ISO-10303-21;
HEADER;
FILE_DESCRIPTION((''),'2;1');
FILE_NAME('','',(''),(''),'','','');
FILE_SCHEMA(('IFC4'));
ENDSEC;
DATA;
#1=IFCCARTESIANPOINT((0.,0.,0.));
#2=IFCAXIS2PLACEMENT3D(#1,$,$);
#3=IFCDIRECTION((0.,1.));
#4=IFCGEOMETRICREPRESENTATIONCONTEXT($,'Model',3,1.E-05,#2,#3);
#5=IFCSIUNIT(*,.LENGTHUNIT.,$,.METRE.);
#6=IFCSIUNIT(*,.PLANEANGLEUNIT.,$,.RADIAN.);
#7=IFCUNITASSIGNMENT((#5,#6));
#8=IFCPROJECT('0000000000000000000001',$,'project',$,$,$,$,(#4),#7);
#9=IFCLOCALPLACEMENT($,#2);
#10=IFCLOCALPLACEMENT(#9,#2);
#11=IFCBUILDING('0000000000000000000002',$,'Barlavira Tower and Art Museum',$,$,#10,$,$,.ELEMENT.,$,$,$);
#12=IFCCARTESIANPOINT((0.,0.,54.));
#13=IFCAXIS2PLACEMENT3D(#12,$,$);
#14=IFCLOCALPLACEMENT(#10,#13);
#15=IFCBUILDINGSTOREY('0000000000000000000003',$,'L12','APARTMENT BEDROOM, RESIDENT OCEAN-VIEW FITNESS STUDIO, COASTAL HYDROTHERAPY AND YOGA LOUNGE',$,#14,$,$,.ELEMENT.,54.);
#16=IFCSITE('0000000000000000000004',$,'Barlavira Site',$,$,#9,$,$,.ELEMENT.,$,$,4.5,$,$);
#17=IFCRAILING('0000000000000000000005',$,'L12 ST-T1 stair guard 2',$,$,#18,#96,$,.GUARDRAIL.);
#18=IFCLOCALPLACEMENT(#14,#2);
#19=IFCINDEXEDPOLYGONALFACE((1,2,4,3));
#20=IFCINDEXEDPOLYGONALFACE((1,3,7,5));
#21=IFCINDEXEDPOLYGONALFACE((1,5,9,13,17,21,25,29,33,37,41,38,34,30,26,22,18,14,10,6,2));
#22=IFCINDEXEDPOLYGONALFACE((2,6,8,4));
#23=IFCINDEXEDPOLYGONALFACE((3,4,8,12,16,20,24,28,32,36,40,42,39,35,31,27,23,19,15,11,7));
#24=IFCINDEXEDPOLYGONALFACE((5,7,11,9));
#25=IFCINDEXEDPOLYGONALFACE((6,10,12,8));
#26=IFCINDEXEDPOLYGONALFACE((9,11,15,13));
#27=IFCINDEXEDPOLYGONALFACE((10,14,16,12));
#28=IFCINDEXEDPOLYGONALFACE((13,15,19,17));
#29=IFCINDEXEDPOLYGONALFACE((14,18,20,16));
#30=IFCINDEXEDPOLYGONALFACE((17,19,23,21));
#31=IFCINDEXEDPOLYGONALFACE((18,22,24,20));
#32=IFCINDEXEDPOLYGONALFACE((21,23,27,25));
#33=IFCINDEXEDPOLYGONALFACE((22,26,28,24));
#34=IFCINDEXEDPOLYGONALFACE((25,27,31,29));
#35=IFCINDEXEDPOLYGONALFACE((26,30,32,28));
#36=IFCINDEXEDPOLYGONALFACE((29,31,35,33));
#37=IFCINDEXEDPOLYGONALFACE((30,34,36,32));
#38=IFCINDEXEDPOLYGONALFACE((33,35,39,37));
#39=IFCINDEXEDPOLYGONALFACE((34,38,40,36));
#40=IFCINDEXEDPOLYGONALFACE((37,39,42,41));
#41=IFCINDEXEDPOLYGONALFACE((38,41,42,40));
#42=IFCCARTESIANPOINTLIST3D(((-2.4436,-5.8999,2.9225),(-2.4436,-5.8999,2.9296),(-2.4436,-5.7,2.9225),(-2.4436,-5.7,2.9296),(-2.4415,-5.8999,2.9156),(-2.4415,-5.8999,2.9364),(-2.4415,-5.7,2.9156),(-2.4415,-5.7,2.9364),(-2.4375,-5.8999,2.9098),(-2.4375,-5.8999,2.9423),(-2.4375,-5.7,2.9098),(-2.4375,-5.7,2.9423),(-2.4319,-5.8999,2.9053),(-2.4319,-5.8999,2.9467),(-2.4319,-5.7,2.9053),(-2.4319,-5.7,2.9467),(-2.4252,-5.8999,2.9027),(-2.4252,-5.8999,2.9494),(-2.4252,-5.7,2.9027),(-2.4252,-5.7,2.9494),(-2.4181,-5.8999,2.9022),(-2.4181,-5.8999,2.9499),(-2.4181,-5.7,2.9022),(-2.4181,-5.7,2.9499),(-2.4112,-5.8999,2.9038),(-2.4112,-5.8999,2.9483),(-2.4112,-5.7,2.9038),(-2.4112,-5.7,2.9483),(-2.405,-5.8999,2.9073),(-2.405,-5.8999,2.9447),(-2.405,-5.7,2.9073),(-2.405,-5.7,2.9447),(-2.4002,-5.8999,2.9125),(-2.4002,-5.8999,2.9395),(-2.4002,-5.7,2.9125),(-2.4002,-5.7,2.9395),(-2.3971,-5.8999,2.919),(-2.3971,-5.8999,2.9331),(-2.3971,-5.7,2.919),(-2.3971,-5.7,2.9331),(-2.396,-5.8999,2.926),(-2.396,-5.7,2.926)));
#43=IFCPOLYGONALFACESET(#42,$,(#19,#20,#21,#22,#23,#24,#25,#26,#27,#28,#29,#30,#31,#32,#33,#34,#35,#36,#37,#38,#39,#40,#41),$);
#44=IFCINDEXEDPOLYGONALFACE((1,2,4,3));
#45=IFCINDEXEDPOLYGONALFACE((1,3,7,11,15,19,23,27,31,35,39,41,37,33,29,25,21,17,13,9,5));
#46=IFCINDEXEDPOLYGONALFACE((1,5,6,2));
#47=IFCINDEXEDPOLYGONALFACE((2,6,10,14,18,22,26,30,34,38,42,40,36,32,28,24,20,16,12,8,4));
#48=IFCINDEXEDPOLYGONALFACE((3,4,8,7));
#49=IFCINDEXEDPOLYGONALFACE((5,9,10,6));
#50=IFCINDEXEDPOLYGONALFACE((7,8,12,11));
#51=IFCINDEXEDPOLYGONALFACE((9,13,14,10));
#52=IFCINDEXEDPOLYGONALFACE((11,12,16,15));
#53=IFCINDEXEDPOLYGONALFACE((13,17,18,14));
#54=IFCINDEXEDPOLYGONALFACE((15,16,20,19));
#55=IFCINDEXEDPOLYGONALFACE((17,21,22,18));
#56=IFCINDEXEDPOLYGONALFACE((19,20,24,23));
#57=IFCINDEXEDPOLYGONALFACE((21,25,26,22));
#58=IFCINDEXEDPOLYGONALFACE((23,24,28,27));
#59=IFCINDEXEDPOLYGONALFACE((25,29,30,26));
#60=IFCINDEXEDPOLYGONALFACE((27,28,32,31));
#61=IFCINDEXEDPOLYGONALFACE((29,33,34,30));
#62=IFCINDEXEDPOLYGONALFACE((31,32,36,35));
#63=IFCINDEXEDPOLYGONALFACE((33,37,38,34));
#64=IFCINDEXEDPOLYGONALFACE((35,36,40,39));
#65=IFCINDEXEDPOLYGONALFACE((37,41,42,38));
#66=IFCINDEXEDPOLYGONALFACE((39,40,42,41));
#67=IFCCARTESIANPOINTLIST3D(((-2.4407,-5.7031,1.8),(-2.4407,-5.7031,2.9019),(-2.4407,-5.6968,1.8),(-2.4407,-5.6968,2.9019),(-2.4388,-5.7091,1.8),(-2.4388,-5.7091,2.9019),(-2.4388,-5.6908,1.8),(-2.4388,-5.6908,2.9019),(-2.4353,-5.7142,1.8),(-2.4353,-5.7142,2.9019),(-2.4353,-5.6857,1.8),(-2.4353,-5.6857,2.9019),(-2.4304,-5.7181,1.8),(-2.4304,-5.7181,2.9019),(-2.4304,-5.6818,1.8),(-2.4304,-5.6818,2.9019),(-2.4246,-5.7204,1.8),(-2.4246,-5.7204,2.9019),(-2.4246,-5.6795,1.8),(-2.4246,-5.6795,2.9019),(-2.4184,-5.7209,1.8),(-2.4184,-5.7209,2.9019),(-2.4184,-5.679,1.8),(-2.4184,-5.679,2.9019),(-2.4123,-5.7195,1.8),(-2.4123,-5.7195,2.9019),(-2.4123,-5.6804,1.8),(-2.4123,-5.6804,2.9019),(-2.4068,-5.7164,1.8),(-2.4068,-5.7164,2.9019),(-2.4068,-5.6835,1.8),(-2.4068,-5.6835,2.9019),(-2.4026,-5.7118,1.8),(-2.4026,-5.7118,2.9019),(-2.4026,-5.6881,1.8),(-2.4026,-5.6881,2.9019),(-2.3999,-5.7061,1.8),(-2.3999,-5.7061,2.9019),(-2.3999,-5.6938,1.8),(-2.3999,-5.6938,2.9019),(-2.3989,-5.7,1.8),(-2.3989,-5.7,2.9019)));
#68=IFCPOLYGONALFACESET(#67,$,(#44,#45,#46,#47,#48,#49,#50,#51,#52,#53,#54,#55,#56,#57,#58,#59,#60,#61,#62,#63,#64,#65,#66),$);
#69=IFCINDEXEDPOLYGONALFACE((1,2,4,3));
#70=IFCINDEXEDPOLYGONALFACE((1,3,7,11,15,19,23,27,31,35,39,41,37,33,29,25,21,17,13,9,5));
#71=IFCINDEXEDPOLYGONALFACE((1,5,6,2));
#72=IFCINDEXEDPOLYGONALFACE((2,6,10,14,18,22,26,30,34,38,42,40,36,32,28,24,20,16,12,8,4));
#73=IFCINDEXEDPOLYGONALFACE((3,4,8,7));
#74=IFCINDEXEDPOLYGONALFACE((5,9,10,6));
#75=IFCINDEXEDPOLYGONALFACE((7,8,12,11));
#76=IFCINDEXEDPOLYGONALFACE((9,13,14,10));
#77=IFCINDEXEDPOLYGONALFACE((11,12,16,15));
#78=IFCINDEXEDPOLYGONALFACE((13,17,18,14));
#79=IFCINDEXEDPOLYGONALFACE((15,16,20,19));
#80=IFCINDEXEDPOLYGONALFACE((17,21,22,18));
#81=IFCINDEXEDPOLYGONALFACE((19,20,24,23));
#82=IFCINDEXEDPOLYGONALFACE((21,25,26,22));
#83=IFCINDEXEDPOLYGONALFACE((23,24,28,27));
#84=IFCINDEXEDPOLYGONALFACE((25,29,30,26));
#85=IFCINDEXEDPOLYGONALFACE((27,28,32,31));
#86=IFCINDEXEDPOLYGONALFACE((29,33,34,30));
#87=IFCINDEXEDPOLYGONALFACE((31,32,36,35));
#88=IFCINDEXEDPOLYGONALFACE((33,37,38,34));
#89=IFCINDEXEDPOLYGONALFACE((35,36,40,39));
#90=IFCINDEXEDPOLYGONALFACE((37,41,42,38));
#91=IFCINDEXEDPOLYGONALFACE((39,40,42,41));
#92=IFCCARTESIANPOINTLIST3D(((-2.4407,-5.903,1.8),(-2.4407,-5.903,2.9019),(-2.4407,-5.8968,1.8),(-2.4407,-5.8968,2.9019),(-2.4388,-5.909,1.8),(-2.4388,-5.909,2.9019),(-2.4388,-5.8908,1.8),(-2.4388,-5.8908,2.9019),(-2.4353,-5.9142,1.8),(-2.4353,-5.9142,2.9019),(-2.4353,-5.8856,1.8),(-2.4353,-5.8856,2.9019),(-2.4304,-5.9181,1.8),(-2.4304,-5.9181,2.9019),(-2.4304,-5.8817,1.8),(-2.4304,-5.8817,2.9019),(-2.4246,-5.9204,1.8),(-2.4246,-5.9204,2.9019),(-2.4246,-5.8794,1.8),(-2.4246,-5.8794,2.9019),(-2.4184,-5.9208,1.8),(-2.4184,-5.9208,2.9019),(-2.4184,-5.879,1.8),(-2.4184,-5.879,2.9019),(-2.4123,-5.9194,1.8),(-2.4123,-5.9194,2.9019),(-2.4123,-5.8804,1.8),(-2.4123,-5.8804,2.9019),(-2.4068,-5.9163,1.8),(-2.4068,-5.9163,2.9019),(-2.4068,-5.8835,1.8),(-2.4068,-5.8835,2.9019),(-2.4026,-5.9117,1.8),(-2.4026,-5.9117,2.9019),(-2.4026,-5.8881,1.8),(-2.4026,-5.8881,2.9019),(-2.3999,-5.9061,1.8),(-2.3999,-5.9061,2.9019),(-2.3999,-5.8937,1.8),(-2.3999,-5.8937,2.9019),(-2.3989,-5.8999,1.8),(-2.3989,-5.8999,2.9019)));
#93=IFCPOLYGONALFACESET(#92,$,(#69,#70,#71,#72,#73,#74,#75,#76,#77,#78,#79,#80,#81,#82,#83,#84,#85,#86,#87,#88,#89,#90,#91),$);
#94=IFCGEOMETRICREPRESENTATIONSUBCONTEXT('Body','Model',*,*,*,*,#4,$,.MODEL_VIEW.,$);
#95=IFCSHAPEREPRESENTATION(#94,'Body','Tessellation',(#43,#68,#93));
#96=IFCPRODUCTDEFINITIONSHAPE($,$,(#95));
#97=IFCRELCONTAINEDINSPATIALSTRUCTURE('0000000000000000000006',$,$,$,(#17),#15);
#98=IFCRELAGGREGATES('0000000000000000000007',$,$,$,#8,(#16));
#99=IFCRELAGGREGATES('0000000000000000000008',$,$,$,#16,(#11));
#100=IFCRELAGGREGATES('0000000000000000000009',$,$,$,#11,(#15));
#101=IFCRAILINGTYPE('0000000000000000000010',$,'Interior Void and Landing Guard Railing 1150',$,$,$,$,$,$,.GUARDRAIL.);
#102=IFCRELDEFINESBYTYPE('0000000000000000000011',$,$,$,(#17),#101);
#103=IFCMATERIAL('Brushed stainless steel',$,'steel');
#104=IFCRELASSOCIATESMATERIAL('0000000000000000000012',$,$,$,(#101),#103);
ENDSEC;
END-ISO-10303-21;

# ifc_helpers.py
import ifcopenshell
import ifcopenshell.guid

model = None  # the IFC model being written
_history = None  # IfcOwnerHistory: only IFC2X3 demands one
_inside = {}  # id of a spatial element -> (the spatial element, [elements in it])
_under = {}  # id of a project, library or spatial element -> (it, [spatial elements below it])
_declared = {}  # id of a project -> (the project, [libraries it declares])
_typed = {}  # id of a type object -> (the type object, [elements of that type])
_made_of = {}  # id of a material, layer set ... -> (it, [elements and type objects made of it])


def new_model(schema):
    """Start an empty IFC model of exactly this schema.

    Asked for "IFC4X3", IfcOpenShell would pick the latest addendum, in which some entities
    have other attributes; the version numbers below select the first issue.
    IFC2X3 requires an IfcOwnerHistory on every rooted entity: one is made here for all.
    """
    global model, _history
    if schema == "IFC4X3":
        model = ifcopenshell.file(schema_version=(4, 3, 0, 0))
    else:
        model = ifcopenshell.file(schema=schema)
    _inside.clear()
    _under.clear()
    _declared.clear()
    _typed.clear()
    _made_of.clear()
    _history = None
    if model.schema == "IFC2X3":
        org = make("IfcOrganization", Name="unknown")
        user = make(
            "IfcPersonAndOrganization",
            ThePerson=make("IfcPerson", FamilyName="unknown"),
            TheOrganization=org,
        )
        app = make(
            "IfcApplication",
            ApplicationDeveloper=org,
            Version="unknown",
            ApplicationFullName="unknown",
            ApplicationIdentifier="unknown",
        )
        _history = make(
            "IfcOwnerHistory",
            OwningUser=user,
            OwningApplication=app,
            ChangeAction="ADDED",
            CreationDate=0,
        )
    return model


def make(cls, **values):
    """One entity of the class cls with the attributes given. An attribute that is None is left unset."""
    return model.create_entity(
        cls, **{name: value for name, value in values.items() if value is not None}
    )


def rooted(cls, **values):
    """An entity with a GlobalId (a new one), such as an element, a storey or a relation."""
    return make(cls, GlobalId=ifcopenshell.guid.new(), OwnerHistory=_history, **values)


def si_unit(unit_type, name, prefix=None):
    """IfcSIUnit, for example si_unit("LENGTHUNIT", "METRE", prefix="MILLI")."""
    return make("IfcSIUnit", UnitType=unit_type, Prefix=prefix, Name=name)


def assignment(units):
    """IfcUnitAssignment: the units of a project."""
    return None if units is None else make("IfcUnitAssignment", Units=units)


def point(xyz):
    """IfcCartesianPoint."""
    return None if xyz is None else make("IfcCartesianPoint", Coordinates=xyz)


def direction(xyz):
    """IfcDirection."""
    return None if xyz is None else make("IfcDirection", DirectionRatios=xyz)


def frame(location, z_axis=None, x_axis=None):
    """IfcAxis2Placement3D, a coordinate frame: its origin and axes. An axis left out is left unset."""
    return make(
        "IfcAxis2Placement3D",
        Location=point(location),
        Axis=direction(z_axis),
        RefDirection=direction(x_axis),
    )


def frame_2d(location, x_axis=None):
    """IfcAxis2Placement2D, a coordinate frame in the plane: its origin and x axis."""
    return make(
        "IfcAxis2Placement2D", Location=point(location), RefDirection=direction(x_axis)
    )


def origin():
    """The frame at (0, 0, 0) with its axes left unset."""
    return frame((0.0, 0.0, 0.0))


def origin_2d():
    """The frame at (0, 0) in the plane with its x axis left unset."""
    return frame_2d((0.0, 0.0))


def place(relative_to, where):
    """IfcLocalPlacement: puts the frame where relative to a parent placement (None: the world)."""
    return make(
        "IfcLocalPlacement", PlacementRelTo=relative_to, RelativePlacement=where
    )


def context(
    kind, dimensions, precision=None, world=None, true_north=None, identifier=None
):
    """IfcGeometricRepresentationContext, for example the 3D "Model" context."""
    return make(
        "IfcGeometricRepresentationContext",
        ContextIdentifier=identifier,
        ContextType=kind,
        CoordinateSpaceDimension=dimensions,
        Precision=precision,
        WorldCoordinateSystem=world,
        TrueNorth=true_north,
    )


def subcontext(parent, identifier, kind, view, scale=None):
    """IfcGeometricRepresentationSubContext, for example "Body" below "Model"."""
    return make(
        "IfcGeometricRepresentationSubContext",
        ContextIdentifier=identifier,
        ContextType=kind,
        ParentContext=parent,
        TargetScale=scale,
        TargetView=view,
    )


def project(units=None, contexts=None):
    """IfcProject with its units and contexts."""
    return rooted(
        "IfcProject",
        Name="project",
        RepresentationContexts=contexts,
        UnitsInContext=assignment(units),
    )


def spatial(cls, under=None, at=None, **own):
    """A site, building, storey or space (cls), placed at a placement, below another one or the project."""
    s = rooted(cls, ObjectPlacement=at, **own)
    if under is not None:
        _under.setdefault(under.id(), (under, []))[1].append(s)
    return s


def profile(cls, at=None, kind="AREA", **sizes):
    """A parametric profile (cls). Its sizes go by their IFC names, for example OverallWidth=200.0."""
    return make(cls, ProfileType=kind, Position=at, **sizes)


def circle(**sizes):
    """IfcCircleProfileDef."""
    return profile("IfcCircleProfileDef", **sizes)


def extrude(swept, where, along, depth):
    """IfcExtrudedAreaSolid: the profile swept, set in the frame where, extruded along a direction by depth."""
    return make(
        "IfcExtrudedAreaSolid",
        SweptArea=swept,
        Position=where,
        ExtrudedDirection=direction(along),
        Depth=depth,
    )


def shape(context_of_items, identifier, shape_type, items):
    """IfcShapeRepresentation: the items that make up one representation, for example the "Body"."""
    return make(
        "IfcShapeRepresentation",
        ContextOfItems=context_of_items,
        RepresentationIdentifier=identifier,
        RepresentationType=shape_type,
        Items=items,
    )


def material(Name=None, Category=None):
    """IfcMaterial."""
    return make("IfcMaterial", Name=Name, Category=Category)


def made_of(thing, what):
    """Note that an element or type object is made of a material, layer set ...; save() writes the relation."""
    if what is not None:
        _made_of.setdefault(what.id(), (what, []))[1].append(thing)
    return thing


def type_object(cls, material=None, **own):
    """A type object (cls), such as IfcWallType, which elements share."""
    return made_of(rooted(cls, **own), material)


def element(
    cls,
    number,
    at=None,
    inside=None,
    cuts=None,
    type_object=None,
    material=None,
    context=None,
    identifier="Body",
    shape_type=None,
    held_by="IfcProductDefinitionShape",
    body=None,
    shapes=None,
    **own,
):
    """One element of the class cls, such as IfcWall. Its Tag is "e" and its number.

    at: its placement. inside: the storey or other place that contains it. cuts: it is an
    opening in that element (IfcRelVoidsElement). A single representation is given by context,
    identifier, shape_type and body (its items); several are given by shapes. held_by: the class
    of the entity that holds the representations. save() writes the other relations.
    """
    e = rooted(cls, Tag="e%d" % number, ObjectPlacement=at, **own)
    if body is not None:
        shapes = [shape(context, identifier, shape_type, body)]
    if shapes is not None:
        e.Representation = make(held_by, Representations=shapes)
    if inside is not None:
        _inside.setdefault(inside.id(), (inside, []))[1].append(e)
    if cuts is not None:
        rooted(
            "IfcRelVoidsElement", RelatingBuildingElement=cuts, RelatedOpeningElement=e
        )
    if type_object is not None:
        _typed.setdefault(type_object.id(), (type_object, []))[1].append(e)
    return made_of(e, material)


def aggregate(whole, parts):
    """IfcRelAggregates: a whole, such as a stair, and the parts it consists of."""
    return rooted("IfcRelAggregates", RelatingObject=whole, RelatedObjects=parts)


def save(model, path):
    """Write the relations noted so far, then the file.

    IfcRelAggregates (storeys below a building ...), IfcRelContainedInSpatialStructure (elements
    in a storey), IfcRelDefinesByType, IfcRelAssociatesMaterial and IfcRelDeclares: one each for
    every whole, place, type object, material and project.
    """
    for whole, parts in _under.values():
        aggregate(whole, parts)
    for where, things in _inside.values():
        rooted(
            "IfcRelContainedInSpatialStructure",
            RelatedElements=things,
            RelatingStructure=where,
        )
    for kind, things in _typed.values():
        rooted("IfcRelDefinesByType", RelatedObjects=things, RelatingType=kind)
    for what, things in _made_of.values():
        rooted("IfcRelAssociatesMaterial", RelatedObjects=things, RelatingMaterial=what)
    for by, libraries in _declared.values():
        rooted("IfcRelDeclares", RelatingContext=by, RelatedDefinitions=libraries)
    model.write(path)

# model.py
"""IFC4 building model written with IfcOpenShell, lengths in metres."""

from ifc_helpers import new_model, si_unit, direction, frame, origin, origin_2d, place, context, subcontext, project, spatial, circle, extrude, material, type_object, element, save


model = new_model("IFC4")

# Units and contexts
model_context = context("Model", 3, precision=1e-05, world=origin(), true_north=direction((0.0, 1.0)))
body_context = subcontext(model_context, "Body", "Model", "MODEL_VIEW")
ifc_project = project(units=[si_unit("LENGTHUNIT", "METRE"), si_unit("PLANEANGLEUNIT", "RADIAN")], contexts=[model_context])

# Site, building, storey
site_placement = place(None, origin())
site = spatial("IfcSite", under=ifc_project, at=site_placement, Name="Barlavira Site", CompositionType="ELEMENT", RefElevation=4.5)
building_placement = place(site_placement, origin())
building = spatial("IfcBuilding", under=site, at=building_placement, Name="Barlavira Tower and Art Museum", CompositionType="ELEMENT")
storey_placement = place(building_placement, frame((0.0, 0.0, 54.0)))
storey = spatial("IfcBuildingStorey", under=building, at=storey_placement, Name="L12", Description="APARTMENT BEDROOM, RESIDENT OCEAN-VIEW FITNESS STUDIO, COASTAL HYDROTHERAPY AND YOGA LOUNGE", CompositionType="ELEMENT", Elevation=54.0)

# Shared definitions
ifc_material_1 = material(Name="Brushed stainless steel", Category="steel")

# Railing
railing_type_1 = type_object("IfcRailingType", Name="Interior Void and Landing Guard Railing 1150", PredefinedType="GUARDRAIL", material=ifc_material_1)
railing_1_placement = place(storey_placement, frame((-2.4199, -5.7, 1.8)))
element("IfcRailing", 1, at=railing_1_placement, inside=storey, type_object=railing_type_1, Name="L12 ST-T1 stair guard 2", PredefinedType="GUARDRAIL", context=body_context, shape_type="SweptSolid", body=[
    extrude(circle(Radius=0.0239, at=origin_2d()), frame((0.0, 0.0, 1.126), z_axis=(0.0, -1.0, 0.0), x_axis=(1.0, 0.0, 0.0)), (0.0, 0.0, 1.0), 0.2),
    extrude(circle(Radius=0.021, at=origin_2d()), origin(), (0.0, 0.0, 1.0), 1.1018),
    extrude(circle(Radius=0.021, at=origin_2d()), frame((0.0, -0.2, 0.0)), (0.0, 0.0, 1.0), 1.1018),
])

save(model, "model.ifc")
